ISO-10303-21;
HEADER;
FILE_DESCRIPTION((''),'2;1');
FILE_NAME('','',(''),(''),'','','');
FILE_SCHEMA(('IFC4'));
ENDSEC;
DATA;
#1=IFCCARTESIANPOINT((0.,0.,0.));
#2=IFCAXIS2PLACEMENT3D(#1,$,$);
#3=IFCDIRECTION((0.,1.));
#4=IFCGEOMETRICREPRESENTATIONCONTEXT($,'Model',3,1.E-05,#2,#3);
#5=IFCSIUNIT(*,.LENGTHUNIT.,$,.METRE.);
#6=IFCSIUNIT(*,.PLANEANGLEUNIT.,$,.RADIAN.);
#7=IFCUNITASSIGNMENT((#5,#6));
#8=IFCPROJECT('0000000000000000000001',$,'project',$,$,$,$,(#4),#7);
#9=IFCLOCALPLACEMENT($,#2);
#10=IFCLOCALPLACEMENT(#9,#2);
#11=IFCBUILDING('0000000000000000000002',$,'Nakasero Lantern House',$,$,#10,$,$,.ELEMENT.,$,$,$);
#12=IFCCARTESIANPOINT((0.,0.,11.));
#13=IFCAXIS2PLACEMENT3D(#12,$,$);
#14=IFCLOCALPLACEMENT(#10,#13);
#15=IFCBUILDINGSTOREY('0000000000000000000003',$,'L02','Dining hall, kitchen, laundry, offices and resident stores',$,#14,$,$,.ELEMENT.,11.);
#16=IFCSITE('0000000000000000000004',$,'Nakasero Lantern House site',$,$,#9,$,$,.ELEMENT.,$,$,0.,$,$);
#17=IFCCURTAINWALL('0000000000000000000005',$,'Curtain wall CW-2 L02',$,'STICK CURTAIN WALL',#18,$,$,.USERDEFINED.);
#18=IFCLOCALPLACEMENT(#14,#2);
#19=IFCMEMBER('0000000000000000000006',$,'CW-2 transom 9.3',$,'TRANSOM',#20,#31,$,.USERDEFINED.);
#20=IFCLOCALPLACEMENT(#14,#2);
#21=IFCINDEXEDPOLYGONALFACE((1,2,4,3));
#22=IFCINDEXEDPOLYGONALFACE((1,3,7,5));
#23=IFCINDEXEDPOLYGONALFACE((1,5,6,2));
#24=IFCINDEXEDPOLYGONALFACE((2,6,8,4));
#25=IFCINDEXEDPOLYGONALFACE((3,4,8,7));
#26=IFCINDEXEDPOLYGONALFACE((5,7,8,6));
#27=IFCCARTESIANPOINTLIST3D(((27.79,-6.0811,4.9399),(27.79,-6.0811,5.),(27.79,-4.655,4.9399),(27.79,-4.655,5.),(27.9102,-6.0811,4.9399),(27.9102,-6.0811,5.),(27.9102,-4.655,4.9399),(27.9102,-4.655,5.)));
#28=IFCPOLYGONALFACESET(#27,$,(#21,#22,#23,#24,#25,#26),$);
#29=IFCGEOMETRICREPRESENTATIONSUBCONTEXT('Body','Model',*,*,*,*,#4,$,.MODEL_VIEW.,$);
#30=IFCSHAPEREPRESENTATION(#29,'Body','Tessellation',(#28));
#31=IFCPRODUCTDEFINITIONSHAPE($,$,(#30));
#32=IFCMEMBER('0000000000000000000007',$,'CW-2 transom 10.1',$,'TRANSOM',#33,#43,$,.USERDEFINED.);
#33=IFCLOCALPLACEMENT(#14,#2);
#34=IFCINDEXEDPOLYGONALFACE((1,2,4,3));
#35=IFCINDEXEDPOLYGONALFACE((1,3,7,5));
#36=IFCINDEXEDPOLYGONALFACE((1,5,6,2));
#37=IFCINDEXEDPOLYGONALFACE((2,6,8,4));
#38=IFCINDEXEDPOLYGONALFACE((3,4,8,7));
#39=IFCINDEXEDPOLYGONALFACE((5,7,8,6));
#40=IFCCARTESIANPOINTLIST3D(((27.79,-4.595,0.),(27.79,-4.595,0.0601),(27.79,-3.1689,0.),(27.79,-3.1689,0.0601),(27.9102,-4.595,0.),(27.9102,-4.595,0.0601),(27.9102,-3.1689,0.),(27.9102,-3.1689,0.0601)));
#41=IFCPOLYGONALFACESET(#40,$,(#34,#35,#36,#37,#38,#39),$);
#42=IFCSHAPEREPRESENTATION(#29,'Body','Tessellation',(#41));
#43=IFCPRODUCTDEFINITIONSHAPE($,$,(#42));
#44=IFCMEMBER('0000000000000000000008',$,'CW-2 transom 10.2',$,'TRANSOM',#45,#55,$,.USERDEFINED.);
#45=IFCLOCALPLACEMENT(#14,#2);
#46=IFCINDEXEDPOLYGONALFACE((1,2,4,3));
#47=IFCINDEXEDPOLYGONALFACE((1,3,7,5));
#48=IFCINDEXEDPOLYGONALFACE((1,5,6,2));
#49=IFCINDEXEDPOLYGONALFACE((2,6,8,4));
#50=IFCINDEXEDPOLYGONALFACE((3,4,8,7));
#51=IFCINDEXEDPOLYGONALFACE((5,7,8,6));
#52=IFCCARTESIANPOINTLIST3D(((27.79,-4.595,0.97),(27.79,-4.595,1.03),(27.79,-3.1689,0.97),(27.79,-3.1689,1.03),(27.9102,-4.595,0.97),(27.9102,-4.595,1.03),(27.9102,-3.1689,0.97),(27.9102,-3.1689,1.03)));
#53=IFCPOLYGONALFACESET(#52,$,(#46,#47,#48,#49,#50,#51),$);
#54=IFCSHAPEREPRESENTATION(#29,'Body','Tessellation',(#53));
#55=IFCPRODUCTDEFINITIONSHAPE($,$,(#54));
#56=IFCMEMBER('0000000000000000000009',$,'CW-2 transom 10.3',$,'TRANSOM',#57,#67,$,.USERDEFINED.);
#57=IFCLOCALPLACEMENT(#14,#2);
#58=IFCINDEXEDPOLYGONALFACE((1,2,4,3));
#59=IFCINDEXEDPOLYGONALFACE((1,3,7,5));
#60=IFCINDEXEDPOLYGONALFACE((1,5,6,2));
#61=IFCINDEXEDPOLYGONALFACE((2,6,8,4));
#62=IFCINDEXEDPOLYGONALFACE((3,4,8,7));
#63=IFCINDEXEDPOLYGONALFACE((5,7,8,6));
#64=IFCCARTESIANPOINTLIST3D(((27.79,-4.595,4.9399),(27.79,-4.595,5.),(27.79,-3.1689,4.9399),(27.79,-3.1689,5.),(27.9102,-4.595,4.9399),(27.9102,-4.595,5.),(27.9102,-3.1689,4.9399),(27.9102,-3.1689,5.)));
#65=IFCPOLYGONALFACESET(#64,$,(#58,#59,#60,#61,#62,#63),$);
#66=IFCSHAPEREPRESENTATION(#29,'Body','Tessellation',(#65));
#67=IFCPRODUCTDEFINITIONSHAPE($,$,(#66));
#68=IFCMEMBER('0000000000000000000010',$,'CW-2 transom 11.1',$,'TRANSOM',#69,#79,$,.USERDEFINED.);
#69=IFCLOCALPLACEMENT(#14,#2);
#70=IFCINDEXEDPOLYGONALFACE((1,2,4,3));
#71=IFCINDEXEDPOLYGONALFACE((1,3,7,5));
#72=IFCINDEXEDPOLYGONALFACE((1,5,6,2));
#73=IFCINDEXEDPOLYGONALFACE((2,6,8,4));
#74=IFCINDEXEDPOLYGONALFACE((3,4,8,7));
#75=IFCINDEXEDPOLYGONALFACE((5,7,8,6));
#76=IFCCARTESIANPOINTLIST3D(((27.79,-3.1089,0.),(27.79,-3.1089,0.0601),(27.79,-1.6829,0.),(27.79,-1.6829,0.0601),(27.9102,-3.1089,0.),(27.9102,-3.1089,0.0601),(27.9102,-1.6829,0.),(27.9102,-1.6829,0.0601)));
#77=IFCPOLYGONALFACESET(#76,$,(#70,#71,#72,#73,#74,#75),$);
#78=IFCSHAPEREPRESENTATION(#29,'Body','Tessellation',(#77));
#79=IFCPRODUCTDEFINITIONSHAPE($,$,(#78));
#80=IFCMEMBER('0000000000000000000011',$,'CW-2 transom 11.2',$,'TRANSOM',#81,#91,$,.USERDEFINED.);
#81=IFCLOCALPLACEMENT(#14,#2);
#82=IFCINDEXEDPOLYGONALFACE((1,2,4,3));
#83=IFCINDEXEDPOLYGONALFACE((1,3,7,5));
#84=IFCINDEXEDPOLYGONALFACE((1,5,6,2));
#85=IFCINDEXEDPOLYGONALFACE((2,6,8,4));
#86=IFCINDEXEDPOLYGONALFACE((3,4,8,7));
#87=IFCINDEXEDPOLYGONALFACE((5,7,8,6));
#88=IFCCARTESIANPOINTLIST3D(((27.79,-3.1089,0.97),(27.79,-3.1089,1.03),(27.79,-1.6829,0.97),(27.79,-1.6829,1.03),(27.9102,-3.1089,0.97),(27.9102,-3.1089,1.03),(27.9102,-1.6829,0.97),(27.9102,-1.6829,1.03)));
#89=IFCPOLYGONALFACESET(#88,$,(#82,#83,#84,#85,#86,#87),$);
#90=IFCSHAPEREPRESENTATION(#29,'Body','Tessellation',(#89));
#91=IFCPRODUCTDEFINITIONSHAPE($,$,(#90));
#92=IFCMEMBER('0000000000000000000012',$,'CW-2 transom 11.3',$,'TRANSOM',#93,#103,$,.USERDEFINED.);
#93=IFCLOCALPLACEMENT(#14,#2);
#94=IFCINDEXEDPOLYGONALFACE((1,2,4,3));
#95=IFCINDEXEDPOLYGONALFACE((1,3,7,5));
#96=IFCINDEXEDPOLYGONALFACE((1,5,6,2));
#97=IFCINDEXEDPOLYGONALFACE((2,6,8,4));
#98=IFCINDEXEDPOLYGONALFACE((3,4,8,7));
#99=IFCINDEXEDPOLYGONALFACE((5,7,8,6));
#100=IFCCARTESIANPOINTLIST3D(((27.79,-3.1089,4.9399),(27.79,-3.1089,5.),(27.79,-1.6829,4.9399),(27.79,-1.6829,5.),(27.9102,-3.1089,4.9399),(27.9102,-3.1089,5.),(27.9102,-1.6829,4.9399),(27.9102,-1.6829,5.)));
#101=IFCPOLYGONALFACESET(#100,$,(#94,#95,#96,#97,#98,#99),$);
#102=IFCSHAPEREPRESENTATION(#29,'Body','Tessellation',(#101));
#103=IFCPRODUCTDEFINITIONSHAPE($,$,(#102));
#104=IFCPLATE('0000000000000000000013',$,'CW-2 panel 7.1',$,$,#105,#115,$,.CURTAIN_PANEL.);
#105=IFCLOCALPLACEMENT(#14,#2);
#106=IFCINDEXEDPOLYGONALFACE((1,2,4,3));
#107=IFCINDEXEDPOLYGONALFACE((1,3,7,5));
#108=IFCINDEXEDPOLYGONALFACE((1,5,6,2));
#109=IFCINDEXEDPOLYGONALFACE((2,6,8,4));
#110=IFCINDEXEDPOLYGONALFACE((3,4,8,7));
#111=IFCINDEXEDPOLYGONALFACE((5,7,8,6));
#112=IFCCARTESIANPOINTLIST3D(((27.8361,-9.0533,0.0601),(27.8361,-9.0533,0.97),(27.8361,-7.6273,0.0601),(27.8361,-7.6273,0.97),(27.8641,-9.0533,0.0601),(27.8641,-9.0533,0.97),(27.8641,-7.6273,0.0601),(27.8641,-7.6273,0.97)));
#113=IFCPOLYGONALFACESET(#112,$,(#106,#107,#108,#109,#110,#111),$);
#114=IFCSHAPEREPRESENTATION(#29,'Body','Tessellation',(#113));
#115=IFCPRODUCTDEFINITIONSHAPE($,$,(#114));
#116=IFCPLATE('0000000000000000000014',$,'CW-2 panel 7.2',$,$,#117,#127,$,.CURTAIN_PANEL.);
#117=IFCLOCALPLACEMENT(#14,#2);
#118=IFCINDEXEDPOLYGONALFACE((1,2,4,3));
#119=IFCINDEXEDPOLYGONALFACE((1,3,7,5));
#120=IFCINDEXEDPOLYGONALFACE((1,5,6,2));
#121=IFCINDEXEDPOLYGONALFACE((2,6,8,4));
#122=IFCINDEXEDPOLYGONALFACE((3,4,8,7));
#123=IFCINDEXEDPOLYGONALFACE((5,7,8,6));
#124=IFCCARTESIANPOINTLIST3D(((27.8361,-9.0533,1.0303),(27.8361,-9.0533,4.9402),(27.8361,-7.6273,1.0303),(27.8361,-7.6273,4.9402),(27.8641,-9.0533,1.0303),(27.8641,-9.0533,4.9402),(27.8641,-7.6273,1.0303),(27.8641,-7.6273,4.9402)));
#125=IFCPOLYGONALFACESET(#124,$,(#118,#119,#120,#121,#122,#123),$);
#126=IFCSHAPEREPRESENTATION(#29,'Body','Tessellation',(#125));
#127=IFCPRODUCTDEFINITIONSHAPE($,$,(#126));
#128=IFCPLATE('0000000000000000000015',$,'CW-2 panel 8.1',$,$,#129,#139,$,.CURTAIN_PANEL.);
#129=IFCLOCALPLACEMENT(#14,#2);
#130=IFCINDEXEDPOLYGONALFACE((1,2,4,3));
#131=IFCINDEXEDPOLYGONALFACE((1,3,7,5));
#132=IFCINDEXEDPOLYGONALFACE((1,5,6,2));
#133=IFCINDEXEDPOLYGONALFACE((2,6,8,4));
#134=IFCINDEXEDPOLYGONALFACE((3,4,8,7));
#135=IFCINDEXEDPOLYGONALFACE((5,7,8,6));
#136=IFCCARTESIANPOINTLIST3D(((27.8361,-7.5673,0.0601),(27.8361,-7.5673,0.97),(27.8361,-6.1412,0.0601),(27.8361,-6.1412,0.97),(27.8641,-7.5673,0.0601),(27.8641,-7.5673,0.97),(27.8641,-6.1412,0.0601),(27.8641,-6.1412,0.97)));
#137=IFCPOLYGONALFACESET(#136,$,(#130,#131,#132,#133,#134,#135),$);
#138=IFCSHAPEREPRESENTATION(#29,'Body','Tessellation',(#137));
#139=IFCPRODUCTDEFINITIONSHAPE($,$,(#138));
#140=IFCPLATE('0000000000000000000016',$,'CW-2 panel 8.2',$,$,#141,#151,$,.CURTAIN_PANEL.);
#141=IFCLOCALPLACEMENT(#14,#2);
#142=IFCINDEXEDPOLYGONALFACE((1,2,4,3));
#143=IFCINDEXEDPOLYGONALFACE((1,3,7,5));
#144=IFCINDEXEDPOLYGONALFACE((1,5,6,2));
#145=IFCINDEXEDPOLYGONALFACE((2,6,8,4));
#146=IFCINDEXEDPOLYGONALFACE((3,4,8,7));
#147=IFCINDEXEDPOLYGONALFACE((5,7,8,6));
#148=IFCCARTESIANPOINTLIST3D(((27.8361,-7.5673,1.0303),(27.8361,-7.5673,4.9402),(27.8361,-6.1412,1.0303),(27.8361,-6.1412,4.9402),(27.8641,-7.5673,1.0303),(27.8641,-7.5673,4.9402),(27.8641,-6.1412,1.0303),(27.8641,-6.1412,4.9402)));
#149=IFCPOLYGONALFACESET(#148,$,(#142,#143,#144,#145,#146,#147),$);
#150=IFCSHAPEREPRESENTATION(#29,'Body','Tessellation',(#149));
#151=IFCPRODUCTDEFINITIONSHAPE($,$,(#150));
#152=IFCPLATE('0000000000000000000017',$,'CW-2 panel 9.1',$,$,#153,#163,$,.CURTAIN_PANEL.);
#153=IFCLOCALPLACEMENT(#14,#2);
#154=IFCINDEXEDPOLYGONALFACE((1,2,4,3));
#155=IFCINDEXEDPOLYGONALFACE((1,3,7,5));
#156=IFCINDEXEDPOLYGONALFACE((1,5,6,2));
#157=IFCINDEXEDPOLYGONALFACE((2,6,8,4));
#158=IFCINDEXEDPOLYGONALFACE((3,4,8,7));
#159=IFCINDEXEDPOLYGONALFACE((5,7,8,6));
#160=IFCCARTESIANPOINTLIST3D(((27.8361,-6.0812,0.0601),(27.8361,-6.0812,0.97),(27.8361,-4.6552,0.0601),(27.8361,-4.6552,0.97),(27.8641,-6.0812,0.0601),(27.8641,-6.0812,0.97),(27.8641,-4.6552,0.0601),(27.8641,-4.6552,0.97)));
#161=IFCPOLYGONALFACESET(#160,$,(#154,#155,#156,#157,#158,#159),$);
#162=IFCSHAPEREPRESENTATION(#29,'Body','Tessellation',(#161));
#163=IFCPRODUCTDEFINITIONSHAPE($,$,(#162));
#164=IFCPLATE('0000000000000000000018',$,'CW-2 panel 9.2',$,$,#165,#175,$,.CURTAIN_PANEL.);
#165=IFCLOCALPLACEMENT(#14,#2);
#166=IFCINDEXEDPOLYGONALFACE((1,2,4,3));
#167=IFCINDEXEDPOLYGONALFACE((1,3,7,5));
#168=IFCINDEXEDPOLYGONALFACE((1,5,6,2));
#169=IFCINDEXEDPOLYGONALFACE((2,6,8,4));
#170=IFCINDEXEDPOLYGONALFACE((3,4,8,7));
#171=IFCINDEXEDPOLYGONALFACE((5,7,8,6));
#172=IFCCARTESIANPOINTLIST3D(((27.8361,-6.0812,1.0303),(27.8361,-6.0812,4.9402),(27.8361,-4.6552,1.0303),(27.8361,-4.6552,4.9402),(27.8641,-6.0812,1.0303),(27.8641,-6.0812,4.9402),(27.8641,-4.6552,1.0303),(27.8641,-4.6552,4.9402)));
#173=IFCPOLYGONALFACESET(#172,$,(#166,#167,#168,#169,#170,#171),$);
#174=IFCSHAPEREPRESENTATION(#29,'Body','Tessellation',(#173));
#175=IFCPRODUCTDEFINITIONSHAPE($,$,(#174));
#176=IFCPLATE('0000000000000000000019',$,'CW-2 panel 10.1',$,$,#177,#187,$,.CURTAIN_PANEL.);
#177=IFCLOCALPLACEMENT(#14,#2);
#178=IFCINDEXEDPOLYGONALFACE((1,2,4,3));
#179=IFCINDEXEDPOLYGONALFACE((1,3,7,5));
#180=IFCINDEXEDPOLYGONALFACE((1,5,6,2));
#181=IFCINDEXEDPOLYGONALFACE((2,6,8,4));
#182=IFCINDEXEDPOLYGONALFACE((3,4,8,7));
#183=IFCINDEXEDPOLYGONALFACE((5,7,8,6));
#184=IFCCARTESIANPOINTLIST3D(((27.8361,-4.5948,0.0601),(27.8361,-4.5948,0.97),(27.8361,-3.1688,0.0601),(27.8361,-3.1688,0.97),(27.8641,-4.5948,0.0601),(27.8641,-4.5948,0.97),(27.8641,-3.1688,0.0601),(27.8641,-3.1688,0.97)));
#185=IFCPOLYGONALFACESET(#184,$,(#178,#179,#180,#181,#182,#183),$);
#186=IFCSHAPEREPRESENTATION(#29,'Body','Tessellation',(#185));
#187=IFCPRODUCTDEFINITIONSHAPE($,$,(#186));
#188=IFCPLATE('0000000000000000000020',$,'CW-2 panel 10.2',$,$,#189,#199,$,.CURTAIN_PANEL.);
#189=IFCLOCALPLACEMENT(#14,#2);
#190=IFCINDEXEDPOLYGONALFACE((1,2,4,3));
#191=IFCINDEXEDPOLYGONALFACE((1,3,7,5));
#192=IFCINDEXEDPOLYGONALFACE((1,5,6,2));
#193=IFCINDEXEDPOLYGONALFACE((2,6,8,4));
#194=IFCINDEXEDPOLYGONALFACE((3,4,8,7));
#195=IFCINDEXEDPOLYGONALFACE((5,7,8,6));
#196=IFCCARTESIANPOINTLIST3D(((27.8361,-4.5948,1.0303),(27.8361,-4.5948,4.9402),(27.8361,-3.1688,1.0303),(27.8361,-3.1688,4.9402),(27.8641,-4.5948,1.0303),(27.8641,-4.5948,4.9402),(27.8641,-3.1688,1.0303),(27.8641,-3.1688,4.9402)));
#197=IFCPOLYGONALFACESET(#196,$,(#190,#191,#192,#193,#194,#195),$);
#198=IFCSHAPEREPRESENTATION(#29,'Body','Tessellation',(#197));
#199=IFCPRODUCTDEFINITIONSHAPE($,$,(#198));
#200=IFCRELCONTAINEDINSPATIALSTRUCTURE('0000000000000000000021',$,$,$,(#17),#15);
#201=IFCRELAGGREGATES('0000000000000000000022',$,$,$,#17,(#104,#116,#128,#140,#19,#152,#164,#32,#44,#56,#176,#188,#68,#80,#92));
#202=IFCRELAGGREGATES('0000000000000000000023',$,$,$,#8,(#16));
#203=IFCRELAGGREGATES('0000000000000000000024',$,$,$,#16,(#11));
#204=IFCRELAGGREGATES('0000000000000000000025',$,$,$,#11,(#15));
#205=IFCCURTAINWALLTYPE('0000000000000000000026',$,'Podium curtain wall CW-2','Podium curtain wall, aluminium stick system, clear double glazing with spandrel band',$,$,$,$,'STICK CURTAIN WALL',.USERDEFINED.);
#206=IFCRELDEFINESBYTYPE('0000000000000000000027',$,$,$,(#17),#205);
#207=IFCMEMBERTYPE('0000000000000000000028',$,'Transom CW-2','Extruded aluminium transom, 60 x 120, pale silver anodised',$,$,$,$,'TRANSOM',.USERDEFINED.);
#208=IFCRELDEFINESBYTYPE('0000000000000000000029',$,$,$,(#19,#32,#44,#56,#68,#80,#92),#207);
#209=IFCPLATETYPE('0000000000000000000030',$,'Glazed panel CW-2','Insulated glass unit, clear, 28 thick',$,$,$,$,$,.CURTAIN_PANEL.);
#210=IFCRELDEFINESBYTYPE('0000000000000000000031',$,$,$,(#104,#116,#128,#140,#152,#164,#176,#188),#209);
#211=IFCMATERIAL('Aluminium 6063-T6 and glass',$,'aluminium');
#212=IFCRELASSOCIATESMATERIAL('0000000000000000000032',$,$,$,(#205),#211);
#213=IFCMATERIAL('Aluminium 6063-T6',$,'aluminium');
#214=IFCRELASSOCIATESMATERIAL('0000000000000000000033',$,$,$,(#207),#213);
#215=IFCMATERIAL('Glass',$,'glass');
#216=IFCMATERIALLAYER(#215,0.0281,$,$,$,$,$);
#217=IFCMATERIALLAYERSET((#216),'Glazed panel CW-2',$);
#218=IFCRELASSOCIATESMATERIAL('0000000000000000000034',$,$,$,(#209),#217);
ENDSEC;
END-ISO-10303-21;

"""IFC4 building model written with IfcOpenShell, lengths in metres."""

from ifc_helpers import new_model, si_unit, direction, frame, origin, origin_2d, place, context, subcontext, project, spatial, rectangle, extrude, material, layer, layer_set, material_profile, profile_set, type_object, element, aggregate, save


model = new_model("IFC4")

# Units and contexts
model_context = context("Model", 3, precision=1e-05, world=origin(), true_north=direction((0.0, 1.0)))
body_context = subcontext(model_context, "Body", "Model", "MODEL_VIEW")
ifc_project = project(units=[si_unit("LENGTHUNIT", "METRE"), si_unit("PLANEANGLEUNIT", "RADIAN")], contexts=[model_context])

# Site, building, storey
site_placement = place(None, origin())
site = spatial("IfcSite", under=ifc_project, at=site_placement, Name="Nakasero Lantern House site", CompositionType="ELEMENT", RefElevation=0.0)
building_placement = place(site_placement, origin())
building = spatial("IfcBuilding", under=site, at=building_placement, Name="Nakasero Lantern House", CompositionType="ELEMENT")
storey_placement = place(building_placement, frame((0.0, 0.0, 11.0)))
storey = spatial("IfcBuildingStorey", under=building, at=storey_placement, Name="L02", Description="Dining hall, kitchen, laundry, offices and resident stores", CompositionType="ELEMENT", Elevation=11.0)

# Curtain wall
ifc_material_1 = material(Name="Aluminium 6063-T6 and glass", Category="aluminium")
curtain_wall_type = type_object("IfcCurtainWallType", Name="Podium curtain wall CW-2", Description="Podium curtain wall, aluminium stick system, clear double glazing with spandrel band", ElementType="STICK CURTAIN WALL", PredefinedType="USERDEFINED", material=ifc_material_1)
curtain_wall_placement = place(storey_placement, origin())
curtain_wall = element("IfcCurtainWall", 1, at=curtain_wall_placement, inside=storey, type_object=curtain_wall_type, Name="Curtain wall CW-2 L02", ObjectType="STICK CURTAIN WALL", PredefinedType="USERDEFINED")

# Members
ifc_material_2 = material(Name="Aluminium 6063-T6", Category="aluminium")
ifc_material_profile_1 = material_profile(ifc_material_2, rectangle(XDim=0.0601, YDim=0.1201, at=origin_2d()), Name="CW-2 transom 60x120")
ifc_profile_set_1 = profile_set([ifc_material_profile_1], Name="Aluminium 6063-T6")
member_type_1 = type_object("IfcMemberType", Name="Transom CW-2", Description="Extruded aluminium transom, 60 x 120, pale silver anodised", ElementType="TRANSOM", PredefinedType="USERDEFINED", material=ifc_profile_set_1)
member_1_placement = place(storey_placement, frame((27.8501, -6.0811, 4.97), z_axis=(0.0, 1.0, 0.0), x_axis=(0.0, 0.0, 1.0)))
member_1 = element("IfcMember", 2, at=member_1_placement, type_object=member_type_1, Name="CW-2 transom 9.3", ObjectType="TRANSOM", PredefinedType="USERDEFINED", context=body_context, shape_type="SweptSolid", body=[
    extrude(rectangle(XDim=0.0601, YDim=0.1201, at=origin_2d()), origin(), (0.0, 0.0, 1.0), 1.426),
])
member_2_placement = place(storey_placement, frame((27.8501, -4.595, 0.03), z_axis=(0.0, 1.0, 0.0), x_axis=(0.0, 0.0, 1.0)))
member_2 = element("IfcMember", 3, at=member_2_placement, type_object=member_type_1, Name="CW-2 transom 10.1", ObjectType="TRANSOM", PredefinedType="USERDEFINED", context=body_context, shape_type="SweptSolid", body=[
    extrude(rectangle(XDim=0.0601, YDim=0.1201, at=origin_2d()), origin(), (0.0, 0.0, 1.0), 1.426),
])
member_3_placement = place(storey_placement, frame((27.8501, -4.595, 1.0), z_axis=(0.0, 1.0, 0.0), x_axis=(0.0, 0.0, 1.0)))
member_3 = element("IfcMember", 4, at=member_3_placement, type_object=member_type_1, Name="CW-2 transom 10.2", ObjectType="TRANSOM", PredefinedType="USERDEFINED", context=body_context, shape_type="SweptSolid", body=[
    extrude(rectangle(XDim=0.0601, YDim=0.1201, at=origin_2d()), origin(), (0.0, 0.0, 1.0), 1.426),
])
member_4_placement = place(storey_placement, frame((27.8501, -4.595, 4.97), z_axis=(0.0, 1.0, 0.0), x_axis=(0.0, 0.0, 1.0)))
member_4 = element("IfcMember", 5, at=member_4_placement, type_object=member_type_1, Name="CW-2 transom 10.3", ObjectType="TRANSOM", PredefinedType="USERDEFINED", context=body_context, shape_type="SweptSolid", body=[
    extrude(rectangle(XDim=0.0601, YDim=0.1201, at=origin_2d()), origin(), (0.0, 0.0, 1.0), 1.426),
])
member_5_placement = place(storey_placement, frame((27.8501, -3.1089, 0.03), z_axis=(0.0, 1.0, 0.0), x_axis=(0.0, 0.0, 1.0)))
member_5 = element("IfcMember", 6, at=member_5_placement, type_object=member_type_1, Name="CW-2 transom 11.1", ObjectType="TRANSOM", PredefinedType="USERDEFINED", context=body_context, shape_type="SweptSolid", body=[
    extrude(rectangle(XDim=0.0601, YDim=0.1201, at=origin_2d()), origin(), (0.0, 0.0, 1.0), 1.426),
])
member_6_placement = place(storey_placement, frame((27.8501, -3.1089, 1.0), z_axis=(0.0, 1.0, 0.0), x_axis=(0.0, 0.0, 1.0)))
member_6 = element("IfcMember", 7, at=member_6_placement, type_object=member_type_1, Name="CW-2 transom 11.2", ObjectType="TRANSOM", PredefinedType="USERDEFINED", context=body_context, shape_type="SweptSolid", body=[
    extrude(rectangle(XDim=0.0601, YDim=0.1201, at=origin_2d()), origin(), (0.0, 0.0, 1.0), 1.426),
])
member_7_placement = place(storey_placement, frame((27.8501, -3.1089, 4.97), z_axis=(0.0, 1.0, 0.0), x_axis=(0.0, 0.0, 1.0)))
member_7 = element("IfcMember", 8, at=member_7_placement, type_object=member_type_1, Name="CW-2 transom 11.3", ObjectType="TRANSOM", PredefinedType="USERDEFINED", context=body_context, shape_type="SweptSolid", body=[
    extrude(rectangle(XDim=0.0601, YDim=0.1201, at=origin_2d()), origin(), (0.0, 0.0, 1.0), 1.426),
])

# Plates
ifc_material_3 = material(Name="Glass", Category="glass")
ifc_layer = layer(ifc_material_3, 0.0281)
ifc_layer_set = layer_set([ifc_layer], Name="Glazed panel CW-2")
plate_type = type_object("IfcPlateType", Name="Glazed panel CW-2", Description="Insulated glass unit, clear, 28 thick", PredefinedType="CURTAIN_PANEL", material=ifc_layer_set)
plate_1_placement = place(storey_placement, frame((27.8501, -8.3403, 0.0601), z_axis=(0.0, 0.0, 1.0), x_axis=(0.0, 1.0, 0.0)))
plate_1 = element("IfcPlate", 9, at=plate_1_placement, type_object=plate_type, Name="CW-2 panel 7.1", PredefinedType="CURTAIN_PANEL", context=body_context, shape_type="SweptSolid", body=[
    extrude(rectangle(XDim=1.426, YDim=0.0281, at=origin_2d()), origin(), (0.0, 0.0, 1.0), 0.9099),
])
plate_2_placement = place(storey_placement, frame((27.8501, -8.3403, 1.0303), z_axis=(0.0, 0.0, 1.0), x_axis=(0.0, 1.0, 0.0)))
plate_2 = element("IfcPlate", 10, at=plate_2_placement, type_object=plate_type, Name="CW-2 panel 7.2", PredefinedType="CURTAIN_PANEL", context=body_context, shape_type="SweptSolid", body=[
    extrude(rectangle(XDim=1.426, YDim=0.0281, at=origin_2d()), origin(), (0.0, 0.0, 1.0), 3.9099),
])
plate_3_placement = place(storey_placement, frame((27.8501, -6.8542, 0.0601), z_axis=(0.0, 0.0, 1.0), x_axis=(0.0, 1.0, 0.0)))
plate_3 = element("IfcPlate", 11, at=plate_3_placement, type_object=plate_type, Name="CW-2 panel 8.1", PredefinedType="CURTAIN_PANEL", context=body_context, shape_type="SweptSolid", body=[
    extrude(rectangle(XDim=1.426, YDim=0.0281, at=origin_2d()), origin(), (0.0, 0.0, 1.0), 0.9099),
])
plate_4_placement = place(storey_placement, frame((27.8501, -6.8542, 1.0303), z_axis=(0.0, 0.0, 1.0), x_axis=(0.0, 1.0, 0.0)))
plate_4 = element("IfcPlate", 12, at=plate_4_placement, type_object=plate_type, Name="CW-2 panel 8.2", PredefinedType="CURTAIN_PANEL", context=body_context, shape_type="SweptSolid", body=[
    extrude(rectangle(XDim=1.426, YDim=0.0281, at=origin_2d()), origin(), (0.0, 0.0, 1.0), 3.9099),
])
plate_5_placement = place(storey_placement, frame((27.8501, -5.3682, 0.0601), z_axis=(0.0, 0.0, 1.0), x_axis=(0.0, 1.0, 0.0)))
plate_5 = element("IfcPlate", 13, at=plate_5_placement, type_object=plate_type, Name="CW-2 panel 9.1", PredefinedType="CURTAIN_PANEL", context=body_context, shape_type="SweptSolid", body=[
    extrude(rectangle(XDim=1.426, YDim=0.0281, at=origin_2d()), origin(), (0.0, 0.0, 1.0), 0.9099),
])
plate_6_placement = place(storey_placement, frame((27.8501, -5.3682, 1.0303), z_axis=(0.0, 0.0, 1.0), x_axis=(0.0, 1.0, 0.0)))
plate_6 = element("IfcPlate", 14, at=plate_6_placement, type_object=plate_type, Name="CW-2 panel 9.2", PredefinedType="CURTAIN_PANEL", context=body_context, shape_type="SweptSolid", body=[
    extrude(rectangle(XDim=1.426, YDim=0.0281, at=origin_2d()), origin(), (0.0, 0.0, 1.0), 3.9099),
])
plate_7_placement = place(storey_placement, frame((27.8501, -3.8818, 0.0601), z_axis=(0.0, 0.0, 1.0), x_axis=(0.0, 1.0, 0.0)))
plate_7 = element("IfcPlate", 15, at=plate_7_placement, type_object=plate_type, Name="CW-2 panel 10.1", PredefinedType="CURTAIN_PANEL", context=body_context, shape_type="SweptSolid", body=[
    extrude(rectangle(XDim=1.426, YDim=0.0281, at=origin_2d()), origin(), (0.0, 0.0, 1.0), 0.9099),
])
plate_8_placement = place(storey_placement, frame((27.8501, -3.8818, 1.0303), z_axis=(0.0, 0.0, 1.0), x_axis=(0.0, 1.0, 0.0)))
plate_8 = element("IfcPlate", 16, at=plate_8_placement, type_object=plate_type, Name="CW-2 panel 10.2", PredefinedType="CURTAIN_PANEL", context=body_context, shape_type="SweptSolid", body=[
    extrude(rectangle(XDim=1.426, YDim=0.0281, at=origin_2d()), origin(), (0.0, 0.0, 1.0), 3.9099),
])
aggregate(curtain_wall, [plate_1, plate_2, plate_3, plate_4, member_1, plate_5, plate_6, member_2, member_3, member_4, plate_7, plate_8, member_5, member_6, member_7])

save(model, "model.ifc")
